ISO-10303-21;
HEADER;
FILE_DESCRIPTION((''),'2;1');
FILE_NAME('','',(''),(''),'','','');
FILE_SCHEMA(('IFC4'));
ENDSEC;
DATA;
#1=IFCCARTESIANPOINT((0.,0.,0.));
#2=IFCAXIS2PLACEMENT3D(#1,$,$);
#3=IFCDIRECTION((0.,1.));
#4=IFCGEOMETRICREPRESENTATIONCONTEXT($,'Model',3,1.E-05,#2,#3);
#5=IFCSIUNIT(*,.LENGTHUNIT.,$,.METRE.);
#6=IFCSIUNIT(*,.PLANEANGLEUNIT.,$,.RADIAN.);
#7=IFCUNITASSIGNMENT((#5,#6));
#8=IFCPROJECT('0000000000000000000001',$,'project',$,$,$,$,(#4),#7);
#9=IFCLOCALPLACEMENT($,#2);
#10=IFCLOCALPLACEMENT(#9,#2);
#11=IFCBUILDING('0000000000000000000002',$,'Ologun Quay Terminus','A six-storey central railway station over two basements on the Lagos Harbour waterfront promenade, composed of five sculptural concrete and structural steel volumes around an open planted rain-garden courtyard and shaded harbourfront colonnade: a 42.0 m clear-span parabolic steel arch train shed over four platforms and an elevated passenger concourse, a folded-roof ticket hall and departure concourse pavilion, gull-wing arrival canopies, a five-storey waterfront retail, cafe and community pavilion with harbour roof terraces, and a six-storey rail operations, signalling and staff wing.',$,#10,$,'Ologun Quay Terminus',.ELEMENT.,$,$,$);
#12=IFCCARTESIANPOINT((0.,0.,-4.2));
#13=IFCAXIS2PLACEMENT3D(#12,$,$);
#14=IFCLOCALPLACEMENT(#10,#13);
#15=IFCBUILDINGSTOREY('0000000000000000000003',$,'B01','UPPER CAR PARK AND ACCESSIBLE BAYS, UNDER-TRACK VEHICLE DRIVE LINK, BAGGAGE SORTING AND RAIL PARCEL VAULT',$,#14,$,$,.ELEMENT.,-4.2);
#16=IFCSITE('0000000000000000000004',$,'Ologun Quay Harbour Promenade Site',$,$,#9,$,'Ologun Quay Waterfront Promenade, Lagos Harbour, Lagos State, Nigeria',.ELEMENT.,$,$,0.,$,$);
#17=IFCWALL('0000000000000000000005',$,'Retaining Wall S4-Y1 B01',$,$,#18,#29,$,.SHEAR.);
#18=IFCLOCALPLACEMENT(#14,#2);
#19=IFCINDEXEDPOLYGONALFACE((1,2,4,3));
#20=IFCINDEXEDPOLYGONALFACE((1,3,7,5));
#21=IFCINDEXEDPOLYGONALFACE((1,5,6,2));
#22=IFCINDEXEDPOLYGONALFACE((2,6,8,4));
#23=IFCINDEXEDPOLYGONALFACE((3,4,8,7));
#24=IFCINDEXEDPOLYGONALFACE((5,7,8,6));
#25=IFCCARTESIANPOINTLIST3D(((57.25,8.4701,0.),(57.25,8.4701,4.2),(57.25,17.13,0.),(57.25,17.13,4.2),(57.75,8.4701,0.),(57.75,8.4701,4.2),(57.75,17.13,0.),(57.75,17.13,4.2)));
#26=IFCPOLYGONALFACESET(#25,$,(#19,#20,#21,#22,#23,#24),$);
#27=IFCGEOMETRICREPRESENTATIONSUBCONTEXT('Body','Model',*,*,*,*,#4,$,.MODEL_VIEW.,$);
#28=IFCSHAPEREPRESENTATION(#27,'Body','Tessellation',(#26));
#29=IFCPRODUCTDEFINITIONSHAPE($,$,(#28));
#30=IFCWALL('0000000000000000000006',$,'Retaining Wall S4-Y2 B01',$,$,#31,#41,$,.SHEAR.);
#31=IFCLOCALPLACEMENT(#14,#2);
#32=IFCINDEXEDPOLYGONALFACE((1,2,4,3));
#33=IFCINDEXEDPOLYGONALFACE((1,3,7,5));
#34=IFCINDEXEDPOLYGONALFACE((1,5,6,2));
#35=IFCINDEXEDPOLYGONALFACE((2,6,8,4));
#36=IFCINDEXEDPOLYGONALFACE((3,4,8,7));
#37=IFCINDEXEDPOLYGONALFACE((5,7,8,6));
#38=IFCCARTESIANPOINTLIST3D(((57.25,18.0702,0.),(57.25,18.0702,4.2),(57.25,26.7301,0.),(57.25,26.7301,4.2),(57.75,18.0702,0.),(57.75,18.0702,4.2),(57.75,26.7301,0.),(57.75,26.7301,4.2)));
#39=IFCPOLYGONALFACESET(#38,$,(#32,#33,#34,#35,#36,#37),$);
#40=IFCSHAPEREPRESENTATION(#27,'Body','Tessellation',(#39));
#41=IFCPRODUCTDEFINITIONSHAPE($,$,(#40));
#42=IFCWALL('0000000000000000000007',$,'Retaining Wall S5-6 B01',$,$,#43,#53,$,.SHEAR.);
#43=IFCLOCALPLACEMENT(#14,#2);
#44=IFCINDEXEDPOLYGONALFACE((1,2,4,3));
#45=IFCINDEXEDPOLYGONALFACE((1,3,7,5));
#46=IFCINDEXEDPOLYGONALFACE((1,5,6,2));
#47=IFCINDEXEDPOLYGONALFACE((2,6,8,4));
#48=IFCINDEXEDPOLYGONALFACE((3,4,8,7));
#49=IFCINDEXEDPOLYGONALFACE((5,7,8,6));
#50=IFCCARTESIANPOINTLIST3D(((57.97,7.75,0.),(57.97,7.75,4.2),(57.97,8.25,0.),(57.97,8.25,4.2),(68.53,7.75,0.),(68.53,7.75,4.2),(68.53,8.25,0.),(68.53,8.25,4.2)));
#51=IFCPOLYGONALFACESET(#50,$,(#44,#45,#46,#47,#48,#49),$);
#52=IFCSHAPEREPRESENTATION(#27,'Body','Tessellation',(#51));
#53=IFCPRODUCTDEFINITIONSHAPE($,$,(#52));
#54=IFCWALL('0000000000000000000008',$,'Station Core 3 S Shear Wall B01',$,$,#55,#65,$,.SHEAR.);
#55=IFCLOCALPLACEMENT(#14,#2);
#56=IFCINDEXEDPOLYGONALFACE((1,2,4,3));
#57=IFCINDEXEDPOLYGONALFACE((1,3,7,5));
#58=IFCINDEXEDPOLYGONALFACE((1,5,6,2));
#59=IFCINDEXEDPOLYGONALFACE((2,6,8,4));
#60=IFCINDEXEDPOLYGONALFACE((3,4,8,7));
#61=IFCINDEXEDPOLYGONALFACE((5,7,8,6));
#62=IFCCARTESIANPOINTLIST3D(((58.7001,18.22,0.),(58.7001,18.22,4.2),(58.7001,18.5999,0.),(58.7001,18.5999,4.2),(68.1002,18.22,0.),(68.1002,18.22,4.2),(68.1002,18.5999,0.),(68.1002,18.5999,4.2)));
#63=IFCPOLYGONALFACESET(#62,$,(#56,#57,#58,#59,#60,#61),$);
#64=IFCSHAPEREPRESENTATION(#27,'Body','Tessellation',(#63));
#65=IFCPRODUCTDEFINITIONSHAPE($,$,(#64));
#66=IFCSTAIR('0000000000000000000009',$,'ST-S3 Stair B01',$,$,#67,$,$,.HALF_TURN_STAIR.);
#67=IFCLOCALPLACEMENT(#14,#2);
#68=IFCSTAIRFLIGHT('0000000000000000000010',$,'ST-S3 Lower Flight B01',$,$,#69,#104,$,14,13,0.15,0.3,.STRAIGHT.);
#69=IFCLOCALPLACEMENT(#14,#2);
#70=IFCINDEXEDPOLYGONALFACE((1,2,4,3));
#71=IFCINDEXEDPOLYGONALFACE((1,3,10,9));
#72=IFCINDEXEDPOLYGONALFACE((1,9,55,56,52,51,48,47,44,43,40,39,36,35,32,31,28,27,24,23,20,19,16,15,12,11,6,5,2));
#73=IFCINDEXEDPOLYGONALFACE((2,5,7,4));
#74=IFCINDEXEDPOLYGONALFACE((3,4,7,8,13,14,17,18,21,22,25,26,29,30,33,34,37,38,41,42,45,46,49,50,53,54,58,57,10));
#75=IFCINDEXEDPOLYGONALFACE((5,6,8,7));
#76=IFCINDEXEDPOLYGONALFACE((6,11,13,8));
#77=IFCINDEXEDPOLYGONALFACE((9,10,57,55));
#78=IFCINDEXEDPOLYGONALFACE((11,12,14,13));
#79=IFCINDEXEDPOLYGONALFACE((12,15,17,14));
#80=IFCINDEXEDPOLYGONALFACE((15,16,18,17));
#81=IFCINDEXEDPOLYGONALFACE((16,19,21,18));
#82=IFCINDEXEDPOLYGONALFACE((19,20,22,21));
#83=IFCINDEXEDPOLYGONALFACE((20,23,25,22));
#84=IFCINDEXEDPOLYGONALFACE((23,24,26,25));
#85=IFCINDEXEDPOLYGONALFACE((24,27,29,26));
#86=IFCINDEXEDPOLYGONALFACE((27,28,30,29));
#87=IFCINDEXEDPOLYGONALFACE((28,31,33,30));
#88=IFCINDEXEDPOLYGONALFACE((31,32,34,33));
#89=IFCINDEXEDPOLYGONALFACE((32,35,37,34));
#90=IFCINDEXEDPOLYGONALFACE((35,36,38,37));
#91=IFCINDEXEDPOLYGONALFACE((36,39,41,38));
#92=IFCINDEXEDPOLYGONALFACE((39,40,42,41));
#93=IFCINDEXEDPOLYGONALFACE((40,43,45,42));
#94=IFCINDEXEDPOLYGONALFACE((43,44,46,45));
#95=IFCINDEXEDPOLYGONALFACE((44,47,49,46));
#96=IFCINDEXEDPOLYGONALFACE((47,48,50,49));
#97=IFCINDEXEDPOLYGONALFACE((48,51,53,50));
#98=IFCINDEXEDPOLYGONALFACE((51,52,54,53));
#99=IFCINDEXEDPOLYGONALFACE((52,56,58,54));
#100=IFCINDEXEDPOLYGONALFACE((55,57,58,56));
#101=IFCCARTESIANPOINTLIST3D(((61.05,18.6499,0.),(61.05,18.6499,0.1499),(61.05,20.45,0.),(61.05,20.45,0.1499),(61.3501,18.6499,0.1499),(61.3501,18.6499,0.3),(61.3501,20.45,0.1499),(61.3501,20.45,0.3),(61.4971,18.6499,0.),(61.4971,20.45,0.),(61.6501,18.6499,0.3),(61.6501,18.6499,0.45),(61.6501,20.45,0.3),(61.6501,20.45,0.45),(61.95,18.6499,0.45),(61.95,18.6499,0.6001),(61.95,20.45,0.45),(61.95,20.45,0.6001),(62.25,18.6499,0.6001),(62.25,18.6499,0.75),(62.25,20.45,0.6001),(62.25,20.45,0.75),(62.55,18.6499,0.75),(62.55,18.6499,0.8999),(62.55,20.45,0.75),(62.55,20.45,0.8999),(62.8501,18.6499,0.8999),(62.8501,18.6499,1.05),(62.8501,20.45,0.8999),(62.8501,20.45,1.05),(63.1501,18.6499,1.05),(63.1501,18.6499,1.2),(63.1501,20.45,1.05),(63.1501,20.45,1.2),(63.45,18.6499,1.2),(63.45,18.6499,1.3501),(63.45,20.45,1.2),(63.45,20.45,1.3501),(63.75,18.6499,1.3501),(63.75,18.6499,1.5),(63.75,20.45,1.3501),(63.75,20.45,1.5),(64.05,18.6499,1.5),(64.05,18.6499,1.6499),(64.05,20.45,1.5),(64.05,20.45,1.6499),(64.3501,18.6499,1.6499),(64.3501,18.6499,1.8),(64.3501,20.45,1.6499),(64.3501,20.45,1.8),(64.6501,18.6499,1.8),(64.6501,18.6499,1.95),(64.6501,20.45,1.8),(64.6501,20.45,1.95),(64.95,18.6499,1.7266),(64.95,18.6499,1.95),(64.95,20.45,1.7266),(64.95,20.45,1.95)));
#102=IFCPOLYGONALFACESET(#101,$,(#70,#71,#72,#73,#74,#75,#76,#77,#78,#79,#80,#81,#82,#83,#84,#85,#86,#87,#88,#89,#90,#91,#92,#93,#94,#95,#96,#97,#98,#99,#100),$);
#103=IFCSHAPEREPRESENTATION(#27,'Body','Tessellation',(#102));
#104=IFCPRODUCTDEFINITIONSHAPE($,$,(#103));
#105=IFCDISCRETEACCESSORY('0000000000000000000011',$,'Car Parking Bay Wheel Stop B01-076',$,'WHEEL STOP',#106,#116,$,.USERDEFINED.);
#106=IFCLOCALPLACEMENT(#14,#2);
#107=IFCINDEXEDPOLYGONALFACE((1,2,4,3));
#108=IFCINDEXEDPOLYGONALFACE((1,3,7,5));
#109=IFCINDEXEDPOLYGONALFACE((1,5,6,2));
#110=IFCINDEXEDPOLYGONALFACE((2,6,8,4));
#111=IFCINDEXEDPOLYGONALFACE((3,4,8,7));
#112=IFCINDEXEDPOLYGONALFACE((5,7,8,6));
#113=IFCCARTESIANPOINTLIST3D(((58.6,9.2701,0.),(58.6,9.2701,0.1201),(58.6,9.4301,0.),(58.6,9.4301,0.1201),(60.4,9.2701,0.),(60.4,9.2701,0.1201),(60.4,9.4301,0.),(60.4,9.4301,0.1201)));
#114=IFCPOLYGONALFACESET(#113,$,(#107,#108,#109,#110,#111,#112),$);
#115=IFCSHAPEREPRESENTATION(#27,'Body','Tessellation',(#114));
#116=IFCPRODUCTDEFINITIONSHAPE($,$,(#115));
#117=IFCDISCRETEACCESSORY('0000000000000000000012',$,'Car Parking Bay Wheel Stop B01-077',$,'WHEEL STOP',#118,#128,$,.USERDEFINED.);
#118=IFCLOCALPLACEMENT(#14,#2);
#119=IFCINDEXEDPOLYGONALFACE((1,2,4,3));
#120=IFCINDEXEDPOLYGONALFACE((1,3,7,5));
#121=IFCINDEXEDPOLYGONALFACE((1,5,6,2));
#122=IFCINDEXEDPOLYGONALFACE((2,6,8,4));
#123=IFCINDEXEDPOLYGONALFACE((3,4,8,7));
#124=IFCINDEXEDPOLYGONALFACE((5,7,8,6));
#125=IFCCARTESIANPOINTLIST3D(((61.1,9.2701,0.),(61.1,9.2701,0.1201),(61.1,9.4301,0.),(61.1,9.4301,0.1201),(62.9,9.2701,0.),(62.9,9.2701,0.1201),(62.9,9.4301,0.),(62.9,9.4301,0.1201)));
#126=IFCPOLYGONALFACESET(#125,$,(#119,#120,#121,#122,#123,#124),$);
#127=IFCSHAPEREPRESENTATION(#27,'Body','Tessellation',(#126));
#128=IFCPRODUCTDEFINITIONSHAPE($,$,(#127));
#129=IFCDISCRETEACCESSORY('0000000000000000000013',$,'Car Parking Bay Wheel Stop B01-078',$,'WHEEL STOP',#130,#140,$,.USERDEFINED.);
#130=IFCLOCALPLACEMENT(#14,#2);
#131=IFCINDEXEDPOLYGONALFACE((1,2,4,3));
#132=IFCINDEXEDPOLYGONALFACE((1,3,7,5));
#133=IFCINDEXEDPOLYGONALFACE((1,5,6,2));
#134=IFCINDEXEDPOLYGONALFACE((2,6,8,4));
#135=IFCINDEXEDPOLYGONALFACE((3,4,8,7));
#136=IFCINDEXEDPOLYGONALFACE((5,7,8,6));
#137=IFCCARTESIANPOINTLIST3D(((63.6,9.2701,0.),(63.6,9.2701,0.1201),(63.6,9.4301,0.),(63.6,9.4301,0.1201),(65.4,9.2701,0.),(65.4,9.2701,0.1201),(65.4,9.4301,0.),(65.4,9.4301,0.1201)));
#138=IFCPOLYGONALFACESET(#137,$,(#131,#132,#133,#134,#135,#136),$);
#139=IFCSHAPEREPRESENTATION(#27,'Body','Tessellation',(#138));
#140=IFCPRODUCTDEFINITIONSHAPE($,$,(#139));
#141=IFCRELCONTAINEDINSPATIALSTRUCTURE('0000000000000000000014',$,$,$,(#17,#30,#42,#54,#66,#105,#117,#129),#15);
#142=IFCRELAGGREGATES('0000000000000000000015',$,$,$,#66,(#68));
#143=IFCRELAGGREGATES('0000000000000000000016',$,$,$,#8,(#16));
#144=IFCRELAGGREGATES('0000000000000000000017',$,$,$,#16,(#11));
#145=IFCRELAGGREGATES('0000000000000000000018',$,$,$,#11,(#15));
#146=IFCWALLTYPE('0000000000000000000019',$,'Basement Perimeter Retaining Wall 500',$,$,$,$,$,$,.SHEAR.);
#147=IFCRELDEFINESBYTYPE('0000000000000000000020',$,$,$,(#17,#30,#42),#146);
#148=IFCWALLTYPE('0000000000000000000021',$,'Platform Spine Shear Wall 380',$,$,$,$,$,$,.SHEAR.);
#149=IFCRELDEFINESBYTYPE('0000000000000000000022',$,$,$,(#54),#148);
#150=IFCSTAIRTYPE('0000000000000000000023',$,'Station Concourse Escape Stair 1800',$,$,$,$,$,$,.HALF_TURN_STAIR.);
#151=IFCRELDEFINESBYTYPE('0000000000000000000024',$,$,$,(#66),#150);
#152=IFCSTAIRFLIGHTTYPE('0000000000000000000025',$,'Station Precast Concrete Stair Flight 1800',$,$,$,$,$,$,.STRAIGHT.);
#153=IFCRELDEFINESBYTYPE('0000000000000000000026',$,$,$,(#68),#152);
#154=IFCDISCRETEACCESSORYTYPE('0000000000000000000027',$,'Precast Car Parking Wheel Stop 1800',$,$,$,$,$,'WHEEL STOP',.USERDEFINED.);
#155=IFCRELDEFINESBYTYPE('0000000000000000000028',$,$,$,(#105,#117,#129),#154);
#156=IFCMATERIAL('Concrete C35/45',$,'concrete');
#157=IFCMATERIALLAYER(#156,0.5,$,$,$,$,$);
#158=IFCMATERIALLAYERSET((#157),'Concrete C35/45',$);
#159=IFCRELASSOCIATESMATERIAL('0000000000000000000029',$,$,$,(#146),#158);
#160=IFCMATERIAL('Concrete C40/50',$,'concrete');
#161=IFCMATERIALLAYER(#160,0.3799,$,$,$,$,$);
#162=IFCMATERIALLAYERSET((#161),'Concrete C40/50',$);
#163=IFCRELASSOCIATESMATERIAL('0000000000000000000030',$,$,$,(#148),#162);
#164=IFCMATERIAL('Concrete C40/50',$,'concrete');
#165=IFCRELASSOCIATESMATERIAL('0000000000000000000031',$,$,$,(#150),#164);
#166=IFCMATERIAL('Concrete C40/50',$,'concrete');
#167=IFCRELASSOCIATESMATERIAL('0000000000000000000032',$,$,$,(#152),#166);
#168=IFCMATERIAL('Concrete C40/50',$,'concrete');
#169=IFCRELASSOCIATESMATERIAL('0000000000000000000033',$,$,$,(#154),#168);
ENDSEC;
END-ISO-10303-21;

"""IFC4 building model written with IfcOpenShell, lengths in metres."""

from ifc_helpers import new_model, si_unit, direction, frame, frame_2d, origin, origin_2d, place, context, subcontext, project, spatial, polyline, rectangle, outline, extrude, material, layer, layer_set, type_object, element, aggregate, save


model = new_model("IFC4")

# Units and contexts
model_context = context("Model", 3, precision=1e-05, world=origin(), true_north=direction((0.0, 1.0)))
body_context = subcontext(model_context, "Body", "Model", "MODEL_VIEW")
ifc_project = project(units=[si_unit("LENGTHUNIT", "METRE"), si_unit("PLANEANGLEUNIT", "RADIAN")], contexts=[model_context])

# Site, building, storey
site_placement = place(None, origin())
site = spatial("IfcSite", under=ifc_project, at=site_placement, Name="Ologun Quay Harbour Promenade Site", LongName="Ologun Quay Waterfront Promenade, Lagos Harbour, Lagos State, Nigeria", CompositionType="ELEMENT", RefElevation=0.0)
building_placement = place(site_placement, origin())
building = spatial("IfcBuilding", under=site, at=building_placement, Name="Ologun Quay Terminus", Description="A six-storey central railway station over two basements on the Lagos Harbour waterfront promenade, composed of five sculptural concrete and structural steel volumes around an open planted rain-garden courtyard and shaded harbourfront colonnade: a 42.0 m clear-span parabolic steel arch train shed over four platforms and an elevated passenger concourse, a folded-roof ticket hall and departure concourse pavilion, gull-wing arrival canopies, a five-storey waterfront retail, cafe and community pavilion with harbour roof terraces, and a six-storey rail operations, signalling and staff wing.", LongName="Ologun Quay Terminus", CompositionType="ELEMENT")
storey_placement = place(building_placement, frame((0.0, 0.0, -4.2)))
storey = spatial("IfcBuildingStorey", under=building, at=storey_placement, Name="B01", Description="UPPER CAR PARK AND ACCESSIBLE BAYS, UNDER-TRACK VEHICLE DRIVE LINK, BAGGAGE SORTING AND RAIL PARCEL VAULT", CompositionType="ELEMENT", Elevation=-4.2)

# Walls
ifc_material_1 = material(Name="Concrete C35/45", Category="concrete")
ifc_layer_1 = layer(ifc_material_1, 0.5)
ifc_layer_set_1 = layer_set([ifc_layer_1], Name="Concrete C35/45")
wall_type_1 = type_object("IfcWallType", Name="Basement Perimeter Retaining Wall 500", PredefinedType="SHEAR", material=ifc_layer_set_1)
for number, where, z_axis, x_axis, name in (
    (1, (57.5, 8.47, 0.0), (0.0, 0.0, 1.0), (0.0, 1.0, 0.0), "Retaining Wall S4-Y1 B01"),
    (2, (57.5, 18.0701, 0.0), (0.0, 0.0, 1.0), (0.0, 1.0, 0.0), "Retaining Wall S4-Y2 B01"),
):
    element("IfcWall", number, at=place(storey_placement, frame(where, z_axis=z_axis, x_axis=x_axis)), inside=storey, type_object=wall_type_1, Name=name, PredefinedType="SHEAR", context=body_context, shape_type="SweptSolid", body=[
        extrude(rectangle(XDim=8.6599, YDim=0.5, at=frame_2d((4.3301, 0.0))), origin(), (0.0, 0.0, 1.0), 4.2),
    ])
wall_1_placement = place(storey_placement, frame((57.97, 8.0, 0.0), z_axis=(0.0, 0.0, 1.0), x_axis=(1.0, 0.0, 0.0)))
element("IfcWall", 3, at=wall_1_placement, inside=storey, type_object=wall_type_1, Name="Retaining Wall S5-6 B01", PredefinedType="SHEAR", context=body_context, shape_type="SweptSolid", body=[
    extrude(rectangle(XDim=10.5601, YDim=0.5, at=frame_2d((5.28, 0.0))), origin(), (0.0, 0.0, 1.0), 4.2),
])

# Wall
ifc_material_2 = material(Name="Concrete C40/50", Category="concrete")
ifc_layer_2 = layer(ifc_material_2, 0.3799)
ifc_layer_set_2 = layer_set([ifc_layer_2], Name="Concrete C40/50")
wall_type_2 = type_object("IfcWallType", Name="Platform Spine Shear Wall 380", PredefinedType="SHEAR", material=ifc_layer_set_2)
wall_2_placement = place(storey_placement, frame((58.7, 18.4099, 0.0), z_axis=(0.0, 0.0, 1.0), x_axis=(1.0, 0.0, 0.0)))
element("IfcWall", 4, at=wall_2_placement, inside=storey, type_object=wall_type_2, Name="Station Core 3 S Shear Wall B01", PredefinedType="SHEAR", context=body_context, shape_type="SweptSolid", body=[
    extrude(rectangle(XDim=9.4001, YDim=0.3799, at=frame_2d((4.7002, 0.0))), origin(), (0.0, 0.0, 1.0), 4.2),
])

# Stair, stair flight
ifc_material_3 = material(Name="Concrete C40/50", Category="concrete")
stair_type = type_object("IfcStairType", Name="Station Concourse Escape Stair 1800", PredefinedType="HALF_TURN_STAIR", material=ifc_material_3)
stair_placement = place(storey_placement, origin())
stair = element("IfcStair", 5, at=stair_placement, inside=storey, type_object=stair_type, Name="ST-S3 Stair B01", PredefinedType="HALF_TURN_STAIR")
ifc_material_4 = material(Name="Concrete C40/50", Category="concrete")
stair_flight_type = type_object("IfcStairFlightType", Name="Station Precast Concrete Stair Flight 1800", PredefinedType="STRAIGHT", material=ifc_material_4)
stair_flight_placement = place(storey_placement, frame((61.05, 19.55, 0.0), z_axis=(0.0, 0.0, 1.0), x_axis=(1.0, 0.0, 0.0)))
stair_flight = element("IfcStairFlight", 6, at=stair_flight_placement, type_object=stair_flight_type, Name="ST-S3 Lower Flight B01", NumberOfRisers=14, NumberOfTreads=13, PredefinedType="STRAIGHT", RiserHeight=0.15, TreadLength=0.3, context=body_context, shape_type="SweptSolid", body=[
    extrude(outline(polyline([(0.0, 0.0), (0.0, 0.1499), (0.3, 0.1499), (0.3, 0.3), (0.6001, 0.3), (0.6001, 0.45), (0.8999, 0.45), (0.8999, 0.6001), (1.2, 0.6001), (1.2, 0.75), (1.5, 0.75), (1.5, 0.8999), (1.8, 0.8999), (1.8, 1.05), (2.1001, 1.05), (2.1001, 1.2), (2.3999, 1.2), (2.3999, 1.3501), (2.7, 1.3501), (2.7, 1.5), (3.0, 1.5), (3.0, 1.6499), (3.3, 1.6499), (3.3, 1.8), (3.6001, 1.8), (3.6001, 1.95), (3.8999, 1.95), (3.8999, 2.1001), (3.8999, 1.7266), (0.447, 0.0), (0.0, 0.0)])), frame((0.0, 0.8999, 0.0), z_axis=(0.0, -1.0, 0.0), x_axis=(1.0, 0.0, 0.0)), (0.0, 0.0, 1.0), 1.8),
])
aggregate(stair, [stair_flight])

# Discrete accessories
ifc_material_5 = material(Name="Concrete C40/50", Category="concrete")
discrete_accessory_type = type_object("IfcDiscreteAccessoryType", Name="Precast Car Parking Wheel Stop 1800", ElementType="WHEEL STOP", PredefinedType="USERDEFINED", material=ifc_material_5)
for number, where, z_axis, x_axis, name in (
    (7, (59.5, 9.3501, 0.0), (0.0, 0.0, 1.0), (1.0, 0.0, 0.0), "Car Parking Bay Wheel Stop B01-076"),
    (8, (62.0, 9.3501, 0.0), (0.0, 0.0, 1.0), (1.0, 0.0, 0.0), "Car Parking Bay Wheel Stop B01-077"),
    (9, (64.5, 9.3501, 0.0), (0.0, 0.0, 1.0), (1.0, 0.0, 0.0), "Car Parking Bay Wheel Stop B01-078"),
):
    element("IfcDiscreteAccessory", number, at=place(storey_placement, frame(where, z_axis=z_axis, x_axis=x_axis)), inside=storey, type_object=discrete_accessory_type, Name=name, ObjectType="WHEEL STOP", PredefinedType="USERDEFINED", context=body_context, shape_type="SweptSolid", body=[
        extrude(rectangle(XDim=1.8, YDim=0.1599, at=origin_2d()), origin(), (0.0, 0.0, 1.0), 0.1201),
    ])

save(model, "model.ifc")
